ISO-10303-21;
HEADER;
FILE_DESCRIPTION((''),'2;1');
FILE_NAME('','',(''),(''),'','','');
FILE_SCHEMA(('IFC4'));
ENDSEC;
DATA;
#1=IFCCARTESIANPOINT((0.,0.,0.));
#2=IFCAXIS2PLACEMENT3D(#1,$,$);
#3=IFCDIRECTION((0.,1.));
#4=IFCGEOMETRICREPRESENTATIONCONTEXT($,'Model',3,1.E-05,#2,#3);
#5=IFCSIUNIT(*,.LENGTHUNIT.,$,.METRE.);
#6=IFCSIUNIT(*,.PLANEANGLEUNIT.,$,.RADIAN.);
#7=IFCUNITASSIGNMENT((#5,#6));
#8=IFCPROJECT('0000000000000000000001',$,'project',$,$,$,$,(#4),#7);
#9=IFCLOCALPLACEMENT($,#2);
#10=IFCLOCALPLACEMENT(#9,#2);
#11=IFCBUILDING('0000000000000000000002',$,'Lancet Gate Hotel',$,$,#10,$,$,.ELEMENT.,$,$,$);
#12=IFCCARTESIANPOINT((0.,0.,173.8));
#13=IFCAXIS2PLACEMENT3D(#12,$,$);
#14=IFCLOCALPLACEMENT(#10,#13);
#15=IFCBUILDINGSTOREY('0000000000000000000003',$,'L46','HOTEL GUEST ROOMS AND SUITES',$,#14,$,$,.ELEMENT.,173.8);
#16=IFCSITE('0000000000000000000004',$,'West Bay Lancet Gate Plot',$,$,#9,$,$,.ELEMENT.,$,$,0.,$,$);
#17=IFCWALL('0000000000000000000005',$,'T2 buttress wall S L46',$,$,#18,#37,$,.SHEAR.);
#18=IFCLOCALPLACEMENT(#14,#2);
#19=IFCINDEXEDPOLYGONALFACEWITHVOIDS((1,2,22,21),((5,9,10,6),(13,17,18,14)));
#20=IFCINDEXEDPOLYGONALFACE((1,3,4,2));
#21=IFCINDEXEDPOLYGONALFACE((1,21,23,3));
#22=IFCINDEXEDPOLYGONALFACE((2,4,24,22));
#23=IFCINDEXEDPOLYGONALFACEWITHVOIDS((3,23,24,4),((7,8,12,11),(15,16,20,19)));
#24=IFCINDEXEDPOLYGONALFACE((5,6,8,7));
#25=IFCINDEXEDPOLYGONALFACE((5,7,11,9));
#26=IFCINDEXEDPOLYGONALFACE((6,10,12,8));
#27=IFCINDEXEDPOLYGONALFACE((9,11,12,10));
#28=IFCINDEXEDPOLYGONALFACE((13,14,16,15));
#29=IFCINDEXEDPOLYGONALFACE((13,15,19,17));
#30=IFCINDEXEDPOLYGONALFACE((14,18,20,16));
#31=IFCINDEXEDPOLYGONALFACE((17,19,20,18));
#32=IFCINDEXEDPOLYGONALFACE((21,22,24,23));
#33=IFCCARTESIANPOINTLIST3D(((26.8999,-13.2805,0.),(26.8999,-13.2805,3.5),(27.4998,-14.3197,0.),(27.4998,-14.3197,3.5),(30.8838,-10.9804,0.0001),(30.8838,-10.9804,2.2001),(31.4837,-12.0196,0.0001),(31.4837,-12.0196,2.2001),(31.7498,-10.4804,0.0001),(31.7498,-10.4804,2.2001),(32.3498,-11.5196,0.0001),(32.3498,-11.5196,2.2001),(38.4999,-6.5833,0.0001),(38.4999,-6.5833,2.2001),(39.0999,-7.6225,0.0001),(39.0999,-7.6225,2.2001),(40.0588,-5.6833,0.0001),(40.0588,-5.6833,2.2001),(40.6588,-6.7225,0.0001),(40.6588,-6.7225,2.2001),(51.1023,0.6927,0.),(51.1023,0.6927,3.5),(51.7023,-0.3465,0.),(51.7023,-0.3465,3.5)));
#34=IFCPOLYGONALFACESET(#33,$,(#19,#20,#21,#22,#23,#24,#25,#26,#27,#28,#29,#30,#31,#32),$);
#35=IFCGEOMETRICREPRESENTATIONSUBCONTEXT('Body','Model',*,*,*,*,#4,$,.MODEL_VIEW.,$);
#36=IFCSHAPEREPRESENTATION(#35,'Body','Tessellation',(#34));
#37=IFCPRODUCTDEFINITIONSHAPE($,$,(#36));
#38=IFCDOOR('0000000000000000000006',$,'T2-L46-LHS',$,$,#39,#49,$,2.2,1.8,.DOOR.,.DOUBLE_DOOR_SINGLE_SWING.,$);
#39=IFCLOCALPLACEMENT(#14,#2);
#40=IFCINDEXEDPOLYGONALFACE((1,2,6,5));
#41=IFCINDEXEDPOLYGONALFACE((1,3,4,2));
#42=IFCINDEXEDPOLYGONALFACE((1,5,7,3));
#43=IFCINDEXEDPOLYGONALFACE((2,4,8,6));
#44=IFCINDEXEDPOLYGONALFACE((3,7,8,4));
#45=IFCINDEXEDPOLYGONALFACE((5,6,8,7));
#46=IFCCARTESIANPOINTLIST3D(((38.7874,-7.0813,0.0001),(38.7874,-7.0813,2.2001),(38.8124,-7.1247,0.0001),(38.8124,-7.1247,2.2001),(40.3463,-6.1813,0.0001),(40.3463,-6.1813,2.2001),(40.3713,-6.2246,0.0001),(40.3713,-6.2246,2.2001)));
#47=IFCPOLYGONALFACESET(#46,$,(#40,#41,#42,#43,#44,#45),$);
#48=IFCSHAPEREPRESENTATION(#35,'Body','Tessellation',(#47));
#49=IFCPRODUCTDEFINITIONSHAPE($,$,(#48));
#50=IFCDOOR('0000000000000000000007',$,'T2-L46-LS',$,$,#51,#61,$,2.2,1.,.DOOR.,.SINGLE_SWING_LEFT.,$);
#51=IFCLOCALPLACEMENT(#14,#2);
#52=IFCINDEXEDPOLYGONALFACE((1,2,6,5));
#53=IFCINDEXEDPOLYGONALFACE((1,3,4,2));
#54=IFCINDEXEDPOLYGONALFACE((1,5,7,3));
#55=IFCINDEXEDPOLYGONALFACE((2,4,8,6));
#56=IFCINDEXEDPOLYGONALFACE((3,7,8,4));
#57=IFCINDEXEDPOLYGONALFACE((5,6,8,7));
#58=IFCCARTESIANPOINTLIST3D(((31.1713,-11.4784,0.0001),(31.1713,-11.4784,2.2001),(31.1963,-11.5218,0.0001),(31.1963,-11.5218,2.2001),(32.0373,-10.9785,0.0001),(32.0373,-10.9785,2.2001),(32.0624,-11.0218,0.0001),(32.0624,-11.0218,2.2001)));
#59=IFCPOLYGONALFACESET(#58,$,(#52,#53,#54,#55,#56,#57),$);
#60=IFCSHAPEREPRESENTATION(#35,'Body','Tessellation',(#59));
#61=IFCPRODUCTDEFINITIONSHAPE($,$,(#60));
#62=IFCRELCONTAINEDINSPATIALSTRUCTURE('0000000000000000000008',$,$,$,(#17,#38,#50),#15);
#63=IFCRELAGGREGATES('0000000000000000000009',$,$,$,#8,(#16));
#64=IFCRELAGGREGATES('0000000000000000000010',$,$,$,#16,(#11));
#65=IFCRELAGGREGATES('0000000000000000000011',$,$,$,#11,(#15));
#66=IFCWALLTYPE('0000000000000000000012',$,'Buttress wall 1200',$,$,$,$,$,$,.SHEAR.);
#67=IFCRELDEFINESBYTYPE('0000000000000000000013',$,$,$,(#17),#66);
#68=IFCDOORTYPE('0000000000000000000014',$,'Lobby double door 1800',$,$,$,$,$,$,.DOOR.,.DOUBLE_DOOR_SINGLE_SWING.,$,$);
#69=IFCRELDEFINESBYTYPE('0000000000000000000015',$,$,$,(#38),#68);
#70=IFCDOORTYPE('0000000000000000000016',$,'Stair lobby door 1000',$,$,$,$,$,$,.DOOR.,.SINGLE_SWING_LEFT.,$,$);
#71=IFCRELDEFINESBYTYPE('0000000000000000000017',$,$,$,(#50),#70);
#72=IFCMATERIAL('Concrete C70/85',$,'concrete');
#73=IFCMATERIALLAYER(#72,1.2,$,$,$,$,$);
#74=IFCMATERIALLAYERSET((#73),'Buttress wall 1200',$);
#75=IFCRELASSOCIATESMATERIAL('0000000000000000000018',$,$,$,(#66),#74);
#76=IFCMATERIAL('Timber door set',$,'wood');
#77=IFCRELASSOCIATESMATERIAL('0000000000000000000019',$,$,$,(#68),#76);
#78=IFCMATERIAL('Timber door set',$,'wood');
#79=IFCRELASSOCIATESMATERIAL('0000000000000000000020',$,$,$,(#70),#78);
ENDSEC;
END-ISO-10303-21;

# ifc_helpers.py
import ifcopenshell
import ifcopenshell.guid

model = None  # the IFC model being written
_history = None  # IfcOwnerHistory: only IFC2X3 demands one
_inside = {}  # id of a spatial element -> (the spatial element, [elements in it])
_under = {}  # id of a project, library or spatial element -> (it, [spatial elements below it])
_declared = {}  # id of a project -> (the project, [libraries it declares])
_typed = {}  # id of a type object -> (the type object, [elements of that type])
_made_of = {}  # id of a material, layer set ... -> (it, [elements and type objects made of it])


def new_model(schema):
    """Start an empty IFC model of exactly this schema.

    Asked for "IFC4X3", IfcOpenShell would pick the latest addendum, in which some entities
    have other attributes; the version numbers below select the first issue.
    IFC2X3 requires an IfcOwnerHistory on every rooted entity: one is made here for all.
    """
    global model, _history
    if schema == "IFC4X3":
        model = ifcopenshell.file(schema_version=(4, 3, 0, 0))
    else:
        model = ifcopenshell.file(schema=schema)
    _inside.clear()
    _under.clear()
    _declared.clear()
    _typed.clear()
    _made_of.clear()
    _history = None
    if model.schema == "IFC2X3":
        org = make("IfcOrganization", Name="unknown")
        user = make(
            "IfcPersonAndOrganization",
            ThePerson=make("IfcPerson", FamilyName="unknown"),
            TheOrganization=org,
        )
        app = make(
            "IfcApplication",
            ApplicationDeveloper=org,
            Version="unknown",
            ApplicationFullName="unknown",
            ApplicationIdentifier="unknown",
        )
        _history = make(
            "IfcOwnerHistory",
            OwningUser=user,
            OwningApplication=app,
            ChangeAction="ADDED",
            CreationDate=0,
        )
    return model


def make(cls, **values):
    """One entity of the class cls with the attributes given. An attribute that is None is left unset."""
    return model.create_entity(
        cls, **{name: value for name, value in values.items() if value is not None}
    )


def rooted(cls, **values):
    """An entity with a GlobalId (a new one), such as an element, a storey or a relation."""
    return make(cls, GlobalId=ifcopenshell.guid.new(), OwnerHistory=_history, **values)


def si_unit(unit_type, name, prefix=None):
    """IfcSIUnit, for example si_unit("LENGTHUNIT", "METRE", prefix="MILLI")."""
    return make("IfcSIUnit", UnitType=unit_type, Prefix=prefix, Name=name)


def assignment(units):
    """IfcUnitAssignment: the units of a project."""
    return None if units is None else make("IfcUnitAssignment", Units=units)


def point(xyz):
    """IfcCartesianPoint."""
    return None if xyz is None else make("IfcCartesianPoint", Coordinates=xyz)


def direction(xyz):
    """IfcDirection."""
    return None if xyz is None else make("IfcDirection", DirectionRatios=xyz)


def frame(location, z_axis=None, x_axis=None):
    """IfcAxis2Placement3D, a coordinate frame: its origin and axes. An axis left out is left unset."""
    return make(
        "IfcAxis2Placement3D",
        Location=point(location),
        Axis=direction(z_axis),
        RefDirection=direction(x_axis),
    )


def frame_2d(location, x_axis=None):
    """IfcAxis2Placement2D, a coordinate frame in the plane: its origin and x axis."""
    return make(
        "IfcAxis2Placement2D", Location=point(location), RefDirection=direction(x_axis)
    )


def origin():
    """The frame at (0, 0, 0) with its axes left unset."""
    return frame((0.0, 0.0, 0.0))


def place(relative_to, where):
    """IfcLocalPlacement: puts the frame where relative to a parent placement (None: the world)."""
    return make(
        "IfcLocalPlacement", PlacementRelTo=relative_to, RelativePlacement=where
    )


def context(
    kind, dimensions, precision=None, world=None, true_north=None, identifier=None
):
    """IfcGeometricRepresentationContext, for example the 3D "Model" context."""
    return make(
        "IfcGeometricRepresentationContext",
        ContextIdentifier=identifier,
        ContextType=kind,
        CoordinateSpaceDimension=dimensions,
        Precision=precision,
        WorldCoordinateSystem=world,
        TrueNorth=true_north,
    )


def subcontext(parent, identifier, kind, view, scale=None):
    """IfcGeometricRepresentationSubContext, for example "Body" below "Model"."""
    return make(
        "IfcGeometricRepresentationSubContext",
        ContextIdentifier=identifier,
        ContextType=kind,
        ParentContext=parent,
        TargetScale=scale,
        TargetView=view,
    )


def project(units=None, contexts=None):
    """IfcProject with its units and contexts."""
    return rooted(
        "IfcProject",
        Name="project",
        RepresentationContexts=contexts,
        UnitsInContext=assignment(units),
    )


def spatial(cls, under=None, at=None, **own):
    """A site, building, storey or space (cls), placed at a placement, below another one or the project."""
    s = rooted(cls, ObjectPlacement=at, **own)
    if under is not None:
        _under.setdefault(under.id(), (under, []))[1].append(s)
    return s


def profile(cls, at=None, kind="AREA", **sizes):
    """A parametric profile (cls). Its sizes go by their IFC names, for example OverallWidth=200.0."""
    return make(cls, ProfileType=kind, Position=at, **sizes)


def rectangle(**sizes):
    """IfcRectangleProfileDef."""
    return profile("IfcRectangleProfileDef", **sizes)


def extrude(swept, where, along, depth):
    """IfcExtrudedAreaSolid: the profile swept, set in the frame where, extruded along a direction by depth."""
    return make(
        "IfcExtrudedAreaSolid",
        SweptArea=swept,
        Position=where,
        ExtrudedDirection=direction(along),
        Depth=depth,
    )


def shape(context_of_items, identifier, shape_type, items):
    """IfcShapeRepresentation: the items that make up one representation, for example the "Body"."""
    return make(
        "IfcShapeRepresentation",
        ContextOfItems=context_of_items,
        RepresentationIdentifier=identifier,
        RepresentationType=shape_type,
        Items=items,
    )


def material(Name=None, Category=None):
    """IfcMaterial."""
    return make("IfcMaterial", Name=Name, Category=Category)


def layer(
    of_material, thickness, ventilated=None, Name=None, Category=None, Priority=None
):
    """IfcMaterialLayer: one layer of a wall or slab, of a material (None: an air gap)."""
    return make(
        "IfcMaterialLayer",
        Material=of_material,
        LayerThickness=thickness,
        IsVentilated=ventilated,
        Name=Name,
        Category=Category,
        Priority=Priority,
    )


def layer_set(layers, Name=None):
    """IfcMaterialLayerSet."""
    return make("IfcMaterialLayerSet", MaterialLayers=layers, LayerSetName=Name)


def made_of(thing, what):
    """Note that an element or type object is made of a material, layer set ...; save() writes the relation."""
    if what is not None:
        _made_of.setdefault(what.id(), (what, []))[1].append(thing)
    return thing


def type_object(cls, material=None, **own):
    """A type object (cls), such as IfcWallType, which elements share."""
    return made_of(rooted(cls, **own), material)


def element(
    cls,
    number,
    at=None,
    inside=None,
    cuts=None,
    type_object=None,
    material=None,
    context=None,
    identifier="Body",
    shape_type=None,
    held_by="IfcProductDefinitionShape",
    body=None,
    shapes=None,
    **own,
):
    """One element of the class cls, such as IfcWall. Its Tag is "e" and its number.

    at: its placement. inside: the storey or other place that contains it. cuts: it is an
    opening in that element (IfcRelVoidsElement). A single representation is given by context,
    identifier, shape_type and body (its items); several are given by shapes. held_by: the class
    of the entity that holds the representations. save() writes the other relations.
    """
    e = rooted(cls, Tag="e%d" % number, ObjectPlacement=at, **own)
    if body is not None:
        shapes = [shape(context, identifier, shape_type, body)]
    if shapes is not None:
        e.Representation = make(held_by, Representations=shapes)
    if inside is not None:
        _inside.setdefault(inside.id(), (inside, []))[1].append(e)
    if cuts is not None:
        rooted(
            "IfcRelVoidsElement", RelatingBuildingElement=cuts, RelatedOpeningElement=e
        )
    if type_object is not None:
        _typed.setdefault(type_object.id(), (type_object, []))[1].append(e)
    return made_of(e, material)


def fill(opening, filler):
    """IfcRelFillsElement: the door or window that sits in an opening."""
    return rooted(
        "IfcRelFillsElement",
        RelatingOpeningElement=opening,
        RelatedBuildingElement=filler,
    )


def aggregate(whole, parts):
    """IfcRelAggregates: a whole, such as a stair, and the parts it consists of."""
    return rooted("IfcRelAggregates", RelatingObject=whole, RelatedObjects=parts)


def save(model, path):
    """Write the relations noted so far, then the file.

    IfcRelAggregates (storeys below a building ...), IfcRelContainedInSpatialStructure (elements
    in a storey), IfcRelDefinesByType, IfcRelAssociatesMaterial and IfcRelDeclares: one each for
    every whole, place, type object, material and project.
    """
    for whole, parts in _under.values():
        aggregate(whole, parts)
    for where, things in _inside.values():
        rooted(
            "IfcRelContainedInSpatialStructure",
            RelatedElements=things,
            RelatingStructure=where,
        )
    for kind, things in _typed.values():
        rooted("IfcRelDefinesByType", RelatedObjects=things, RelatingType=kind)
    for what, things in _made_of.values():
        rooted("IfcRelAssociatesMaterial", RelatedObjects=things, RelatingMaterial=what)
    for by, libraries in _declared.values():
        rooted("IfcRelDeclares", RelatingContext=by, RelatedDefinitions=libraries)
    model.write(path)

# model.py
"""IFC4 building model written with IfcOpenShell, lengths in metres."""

from ifc_helpers import new_model, si_unit, direction, frame, frame_2d, origin, place, context, subcontext, project, spatial, rectangle, extrude, material, layer, layer_set, type_object, element, fill, save


model = new_model("IFC4")

# Units and contexts
model_context = context("Model", 3, precision=1e-05, world=origin(), true_north=direction((0.0, 1.0)))
body_context = subcontext(model_context, "Body", "Model", "MODEL_VIEW")
ifc_project = project(units=[si_unit("LENGTHUNIT", "METRE"), si_unit("PLANEANGLEUNIT", "RADIAN")], contexts=[model_context])

# Site, building, storey
site_placement = place(None, origin())
site = spatial("IfcSite", under=ifc_project, at=site_placement, Name="West Bay Lancet Gate Plot", CompositionType="ELEMENT", RefElevation=0.0)
building_placement = place(site_placement, origin())
building = spatial("IfcBuilding", under=site, at=building_placement, Name="Lancet Gate Hotel", CompositionType="ELEMENT")
storey_placement = place(building_placement, frame((0.0, 0.0, 173.8)))
storey = spatial("IfcBuildingStorey", under=building, at=storey_placement, Name="L46", Description="HOTEL GUEST ROOMS AND SUITES", CompositionType="ELEMENT", Elevation=173.8)

# Wall, openings, doors
ifc_material_1 = material(Name="Concrete C70/85", Category="concrete")
ifc_layer_1 = layer(ifc_material_1, 1.2)
ifc_layer_set_1 = layer_set([ifc_layer_1], Name="Buttress wall 1200")
wall_type = type_object("IfcWallType", Name="Buttress wall 1200", PredefinedType="SHEAR", material=ifc_layer_set_1)
wall_placement = place(storey_placement, frame((27.2, -13.8, 0.0), z_axis=(0.0, 0.0, 1.0), x_axis=(0.866027, 0.499997, 0.0)))
wall = element("IfcWall", 1, at=wall_placement, inside=storey, type_object=wall_type, Name="T2 buttress wall S L46", PredefinedType="SHEAR", context=body_context, shape_type="SweptSolid", body=[
    extrude(rectangle(XDim=27.9465, YDim=1.2, at=frame_2d((13.9731, 0.0))), origin(), (0.0, 0.0, 1.0), 3.5),
])
opening_1_placement = place(wall_placement, frame((4.6001, 0.0, 0.0)))
opening_1 = element("IfcOpeningElement", 2, at=opening_1_placement, cuts=wall, PredefinedType="OPENING", context=body_context, shape_type="SweptSolid", body=[
    extrude(rectangle(XDim=1.0, YDim=2.2, at=frame_2d((0.5, 1.1001))), frame((0.0, 0.6099, 0.0), z_axis=(0.0, -1.0, 0.0), x_axis=(1.0, 0.0, 0.0)), (0.0, 0.0, 1.0), 1.22),
])
opening_2_placement = place(wall_placement, frame((13.3945, 0.0, 0.0)))
opening_2 = element("IfcOpeningElement", 3, at=opening_2_placement, cuts=wall, PredefinedType="OPENING", context=body_context, shape_type="SweptSolid", body=[
    extrude(rectangle(XDim=1.8, YDim=2.2, at=frame_2d((0.8999, 1.1001))), frame((0.0, 0.6099, 0.0), z_axis=(0.0, -1.0, 0.0), x_axis=(1.0, 0.0, 0.0)), (0.0, 0.0, 1.0), 1.22),
])
ifc_material_2 = material(Name="Timber door set", Category="wood")
door_type_1 = type_object("IfcDoorType", Name="Lobby double door 1800", OperationType="DOUBLE_DOOR_SINGLE_SWING", PredefinedType="DOOR", material=ifc_material_2)
door_1_placement = place(opening_2_placement, origin())
door_1 = element("IfcDoor", 4, at=door_1_placement, inside=storey, type_object=door_type_1, Name="T2-L46-LHS", OperationType="DOUBLE_DOOR_SINGLE_SWING", OverallHeight=2.2, OverallWidth=1.8, PredefinedType="DOOR", context=body_context, shape_type="SweptSolid", body=[
    extrude(rectangle(XDim=1.8, YDim=2.2, at=frame_2d((0.8999, 1.1001))), frame((0.0, 0.0249, 0.0), z_axis=(0.0, -1.0, 0.0), x_axis=(1.0, 0.0, 0.0)), (0.0, 0.0, 1.0), 0.05),
])
fill(opening_2, door_1)
ifc_material_3 = material(Name="Timber door set", Category="wood")
door_type_2 = type_object("IfcDoorType", Name="Stair lobby door 1000", OperationType="SINGLE_SWING_LEFT", PredefinedType="DOOR", material=ifc_material_3)
door_2_placement = place(opening_1_placement, origin())
door_2 = element("IfcDoor", 5, at=door_2_placement, inside=storey, type_object=door_type_2, Name="T2-L46-LS", OperationType="SINGLE_SWING_LEFT", OverallHeight=2.2, OverallWidth=1.0, PredefinedType="DOOR", context=body_context, shape_type="SweptSolid", body=[
    extrude(rectangle(XDim=1.0, YDim=2.2, at=frame_2d((0.5, 1.1001))), frame((0.0, 0.0249, 0.0), z_axis=(0.0, -1.0, 0.0), x_axis=(1.0, 0.0, 0.0)), (0.0, 0.0, 1.0), 0.05),
])
fill(opening_1, door_2)

save(model, "model.ifc")
